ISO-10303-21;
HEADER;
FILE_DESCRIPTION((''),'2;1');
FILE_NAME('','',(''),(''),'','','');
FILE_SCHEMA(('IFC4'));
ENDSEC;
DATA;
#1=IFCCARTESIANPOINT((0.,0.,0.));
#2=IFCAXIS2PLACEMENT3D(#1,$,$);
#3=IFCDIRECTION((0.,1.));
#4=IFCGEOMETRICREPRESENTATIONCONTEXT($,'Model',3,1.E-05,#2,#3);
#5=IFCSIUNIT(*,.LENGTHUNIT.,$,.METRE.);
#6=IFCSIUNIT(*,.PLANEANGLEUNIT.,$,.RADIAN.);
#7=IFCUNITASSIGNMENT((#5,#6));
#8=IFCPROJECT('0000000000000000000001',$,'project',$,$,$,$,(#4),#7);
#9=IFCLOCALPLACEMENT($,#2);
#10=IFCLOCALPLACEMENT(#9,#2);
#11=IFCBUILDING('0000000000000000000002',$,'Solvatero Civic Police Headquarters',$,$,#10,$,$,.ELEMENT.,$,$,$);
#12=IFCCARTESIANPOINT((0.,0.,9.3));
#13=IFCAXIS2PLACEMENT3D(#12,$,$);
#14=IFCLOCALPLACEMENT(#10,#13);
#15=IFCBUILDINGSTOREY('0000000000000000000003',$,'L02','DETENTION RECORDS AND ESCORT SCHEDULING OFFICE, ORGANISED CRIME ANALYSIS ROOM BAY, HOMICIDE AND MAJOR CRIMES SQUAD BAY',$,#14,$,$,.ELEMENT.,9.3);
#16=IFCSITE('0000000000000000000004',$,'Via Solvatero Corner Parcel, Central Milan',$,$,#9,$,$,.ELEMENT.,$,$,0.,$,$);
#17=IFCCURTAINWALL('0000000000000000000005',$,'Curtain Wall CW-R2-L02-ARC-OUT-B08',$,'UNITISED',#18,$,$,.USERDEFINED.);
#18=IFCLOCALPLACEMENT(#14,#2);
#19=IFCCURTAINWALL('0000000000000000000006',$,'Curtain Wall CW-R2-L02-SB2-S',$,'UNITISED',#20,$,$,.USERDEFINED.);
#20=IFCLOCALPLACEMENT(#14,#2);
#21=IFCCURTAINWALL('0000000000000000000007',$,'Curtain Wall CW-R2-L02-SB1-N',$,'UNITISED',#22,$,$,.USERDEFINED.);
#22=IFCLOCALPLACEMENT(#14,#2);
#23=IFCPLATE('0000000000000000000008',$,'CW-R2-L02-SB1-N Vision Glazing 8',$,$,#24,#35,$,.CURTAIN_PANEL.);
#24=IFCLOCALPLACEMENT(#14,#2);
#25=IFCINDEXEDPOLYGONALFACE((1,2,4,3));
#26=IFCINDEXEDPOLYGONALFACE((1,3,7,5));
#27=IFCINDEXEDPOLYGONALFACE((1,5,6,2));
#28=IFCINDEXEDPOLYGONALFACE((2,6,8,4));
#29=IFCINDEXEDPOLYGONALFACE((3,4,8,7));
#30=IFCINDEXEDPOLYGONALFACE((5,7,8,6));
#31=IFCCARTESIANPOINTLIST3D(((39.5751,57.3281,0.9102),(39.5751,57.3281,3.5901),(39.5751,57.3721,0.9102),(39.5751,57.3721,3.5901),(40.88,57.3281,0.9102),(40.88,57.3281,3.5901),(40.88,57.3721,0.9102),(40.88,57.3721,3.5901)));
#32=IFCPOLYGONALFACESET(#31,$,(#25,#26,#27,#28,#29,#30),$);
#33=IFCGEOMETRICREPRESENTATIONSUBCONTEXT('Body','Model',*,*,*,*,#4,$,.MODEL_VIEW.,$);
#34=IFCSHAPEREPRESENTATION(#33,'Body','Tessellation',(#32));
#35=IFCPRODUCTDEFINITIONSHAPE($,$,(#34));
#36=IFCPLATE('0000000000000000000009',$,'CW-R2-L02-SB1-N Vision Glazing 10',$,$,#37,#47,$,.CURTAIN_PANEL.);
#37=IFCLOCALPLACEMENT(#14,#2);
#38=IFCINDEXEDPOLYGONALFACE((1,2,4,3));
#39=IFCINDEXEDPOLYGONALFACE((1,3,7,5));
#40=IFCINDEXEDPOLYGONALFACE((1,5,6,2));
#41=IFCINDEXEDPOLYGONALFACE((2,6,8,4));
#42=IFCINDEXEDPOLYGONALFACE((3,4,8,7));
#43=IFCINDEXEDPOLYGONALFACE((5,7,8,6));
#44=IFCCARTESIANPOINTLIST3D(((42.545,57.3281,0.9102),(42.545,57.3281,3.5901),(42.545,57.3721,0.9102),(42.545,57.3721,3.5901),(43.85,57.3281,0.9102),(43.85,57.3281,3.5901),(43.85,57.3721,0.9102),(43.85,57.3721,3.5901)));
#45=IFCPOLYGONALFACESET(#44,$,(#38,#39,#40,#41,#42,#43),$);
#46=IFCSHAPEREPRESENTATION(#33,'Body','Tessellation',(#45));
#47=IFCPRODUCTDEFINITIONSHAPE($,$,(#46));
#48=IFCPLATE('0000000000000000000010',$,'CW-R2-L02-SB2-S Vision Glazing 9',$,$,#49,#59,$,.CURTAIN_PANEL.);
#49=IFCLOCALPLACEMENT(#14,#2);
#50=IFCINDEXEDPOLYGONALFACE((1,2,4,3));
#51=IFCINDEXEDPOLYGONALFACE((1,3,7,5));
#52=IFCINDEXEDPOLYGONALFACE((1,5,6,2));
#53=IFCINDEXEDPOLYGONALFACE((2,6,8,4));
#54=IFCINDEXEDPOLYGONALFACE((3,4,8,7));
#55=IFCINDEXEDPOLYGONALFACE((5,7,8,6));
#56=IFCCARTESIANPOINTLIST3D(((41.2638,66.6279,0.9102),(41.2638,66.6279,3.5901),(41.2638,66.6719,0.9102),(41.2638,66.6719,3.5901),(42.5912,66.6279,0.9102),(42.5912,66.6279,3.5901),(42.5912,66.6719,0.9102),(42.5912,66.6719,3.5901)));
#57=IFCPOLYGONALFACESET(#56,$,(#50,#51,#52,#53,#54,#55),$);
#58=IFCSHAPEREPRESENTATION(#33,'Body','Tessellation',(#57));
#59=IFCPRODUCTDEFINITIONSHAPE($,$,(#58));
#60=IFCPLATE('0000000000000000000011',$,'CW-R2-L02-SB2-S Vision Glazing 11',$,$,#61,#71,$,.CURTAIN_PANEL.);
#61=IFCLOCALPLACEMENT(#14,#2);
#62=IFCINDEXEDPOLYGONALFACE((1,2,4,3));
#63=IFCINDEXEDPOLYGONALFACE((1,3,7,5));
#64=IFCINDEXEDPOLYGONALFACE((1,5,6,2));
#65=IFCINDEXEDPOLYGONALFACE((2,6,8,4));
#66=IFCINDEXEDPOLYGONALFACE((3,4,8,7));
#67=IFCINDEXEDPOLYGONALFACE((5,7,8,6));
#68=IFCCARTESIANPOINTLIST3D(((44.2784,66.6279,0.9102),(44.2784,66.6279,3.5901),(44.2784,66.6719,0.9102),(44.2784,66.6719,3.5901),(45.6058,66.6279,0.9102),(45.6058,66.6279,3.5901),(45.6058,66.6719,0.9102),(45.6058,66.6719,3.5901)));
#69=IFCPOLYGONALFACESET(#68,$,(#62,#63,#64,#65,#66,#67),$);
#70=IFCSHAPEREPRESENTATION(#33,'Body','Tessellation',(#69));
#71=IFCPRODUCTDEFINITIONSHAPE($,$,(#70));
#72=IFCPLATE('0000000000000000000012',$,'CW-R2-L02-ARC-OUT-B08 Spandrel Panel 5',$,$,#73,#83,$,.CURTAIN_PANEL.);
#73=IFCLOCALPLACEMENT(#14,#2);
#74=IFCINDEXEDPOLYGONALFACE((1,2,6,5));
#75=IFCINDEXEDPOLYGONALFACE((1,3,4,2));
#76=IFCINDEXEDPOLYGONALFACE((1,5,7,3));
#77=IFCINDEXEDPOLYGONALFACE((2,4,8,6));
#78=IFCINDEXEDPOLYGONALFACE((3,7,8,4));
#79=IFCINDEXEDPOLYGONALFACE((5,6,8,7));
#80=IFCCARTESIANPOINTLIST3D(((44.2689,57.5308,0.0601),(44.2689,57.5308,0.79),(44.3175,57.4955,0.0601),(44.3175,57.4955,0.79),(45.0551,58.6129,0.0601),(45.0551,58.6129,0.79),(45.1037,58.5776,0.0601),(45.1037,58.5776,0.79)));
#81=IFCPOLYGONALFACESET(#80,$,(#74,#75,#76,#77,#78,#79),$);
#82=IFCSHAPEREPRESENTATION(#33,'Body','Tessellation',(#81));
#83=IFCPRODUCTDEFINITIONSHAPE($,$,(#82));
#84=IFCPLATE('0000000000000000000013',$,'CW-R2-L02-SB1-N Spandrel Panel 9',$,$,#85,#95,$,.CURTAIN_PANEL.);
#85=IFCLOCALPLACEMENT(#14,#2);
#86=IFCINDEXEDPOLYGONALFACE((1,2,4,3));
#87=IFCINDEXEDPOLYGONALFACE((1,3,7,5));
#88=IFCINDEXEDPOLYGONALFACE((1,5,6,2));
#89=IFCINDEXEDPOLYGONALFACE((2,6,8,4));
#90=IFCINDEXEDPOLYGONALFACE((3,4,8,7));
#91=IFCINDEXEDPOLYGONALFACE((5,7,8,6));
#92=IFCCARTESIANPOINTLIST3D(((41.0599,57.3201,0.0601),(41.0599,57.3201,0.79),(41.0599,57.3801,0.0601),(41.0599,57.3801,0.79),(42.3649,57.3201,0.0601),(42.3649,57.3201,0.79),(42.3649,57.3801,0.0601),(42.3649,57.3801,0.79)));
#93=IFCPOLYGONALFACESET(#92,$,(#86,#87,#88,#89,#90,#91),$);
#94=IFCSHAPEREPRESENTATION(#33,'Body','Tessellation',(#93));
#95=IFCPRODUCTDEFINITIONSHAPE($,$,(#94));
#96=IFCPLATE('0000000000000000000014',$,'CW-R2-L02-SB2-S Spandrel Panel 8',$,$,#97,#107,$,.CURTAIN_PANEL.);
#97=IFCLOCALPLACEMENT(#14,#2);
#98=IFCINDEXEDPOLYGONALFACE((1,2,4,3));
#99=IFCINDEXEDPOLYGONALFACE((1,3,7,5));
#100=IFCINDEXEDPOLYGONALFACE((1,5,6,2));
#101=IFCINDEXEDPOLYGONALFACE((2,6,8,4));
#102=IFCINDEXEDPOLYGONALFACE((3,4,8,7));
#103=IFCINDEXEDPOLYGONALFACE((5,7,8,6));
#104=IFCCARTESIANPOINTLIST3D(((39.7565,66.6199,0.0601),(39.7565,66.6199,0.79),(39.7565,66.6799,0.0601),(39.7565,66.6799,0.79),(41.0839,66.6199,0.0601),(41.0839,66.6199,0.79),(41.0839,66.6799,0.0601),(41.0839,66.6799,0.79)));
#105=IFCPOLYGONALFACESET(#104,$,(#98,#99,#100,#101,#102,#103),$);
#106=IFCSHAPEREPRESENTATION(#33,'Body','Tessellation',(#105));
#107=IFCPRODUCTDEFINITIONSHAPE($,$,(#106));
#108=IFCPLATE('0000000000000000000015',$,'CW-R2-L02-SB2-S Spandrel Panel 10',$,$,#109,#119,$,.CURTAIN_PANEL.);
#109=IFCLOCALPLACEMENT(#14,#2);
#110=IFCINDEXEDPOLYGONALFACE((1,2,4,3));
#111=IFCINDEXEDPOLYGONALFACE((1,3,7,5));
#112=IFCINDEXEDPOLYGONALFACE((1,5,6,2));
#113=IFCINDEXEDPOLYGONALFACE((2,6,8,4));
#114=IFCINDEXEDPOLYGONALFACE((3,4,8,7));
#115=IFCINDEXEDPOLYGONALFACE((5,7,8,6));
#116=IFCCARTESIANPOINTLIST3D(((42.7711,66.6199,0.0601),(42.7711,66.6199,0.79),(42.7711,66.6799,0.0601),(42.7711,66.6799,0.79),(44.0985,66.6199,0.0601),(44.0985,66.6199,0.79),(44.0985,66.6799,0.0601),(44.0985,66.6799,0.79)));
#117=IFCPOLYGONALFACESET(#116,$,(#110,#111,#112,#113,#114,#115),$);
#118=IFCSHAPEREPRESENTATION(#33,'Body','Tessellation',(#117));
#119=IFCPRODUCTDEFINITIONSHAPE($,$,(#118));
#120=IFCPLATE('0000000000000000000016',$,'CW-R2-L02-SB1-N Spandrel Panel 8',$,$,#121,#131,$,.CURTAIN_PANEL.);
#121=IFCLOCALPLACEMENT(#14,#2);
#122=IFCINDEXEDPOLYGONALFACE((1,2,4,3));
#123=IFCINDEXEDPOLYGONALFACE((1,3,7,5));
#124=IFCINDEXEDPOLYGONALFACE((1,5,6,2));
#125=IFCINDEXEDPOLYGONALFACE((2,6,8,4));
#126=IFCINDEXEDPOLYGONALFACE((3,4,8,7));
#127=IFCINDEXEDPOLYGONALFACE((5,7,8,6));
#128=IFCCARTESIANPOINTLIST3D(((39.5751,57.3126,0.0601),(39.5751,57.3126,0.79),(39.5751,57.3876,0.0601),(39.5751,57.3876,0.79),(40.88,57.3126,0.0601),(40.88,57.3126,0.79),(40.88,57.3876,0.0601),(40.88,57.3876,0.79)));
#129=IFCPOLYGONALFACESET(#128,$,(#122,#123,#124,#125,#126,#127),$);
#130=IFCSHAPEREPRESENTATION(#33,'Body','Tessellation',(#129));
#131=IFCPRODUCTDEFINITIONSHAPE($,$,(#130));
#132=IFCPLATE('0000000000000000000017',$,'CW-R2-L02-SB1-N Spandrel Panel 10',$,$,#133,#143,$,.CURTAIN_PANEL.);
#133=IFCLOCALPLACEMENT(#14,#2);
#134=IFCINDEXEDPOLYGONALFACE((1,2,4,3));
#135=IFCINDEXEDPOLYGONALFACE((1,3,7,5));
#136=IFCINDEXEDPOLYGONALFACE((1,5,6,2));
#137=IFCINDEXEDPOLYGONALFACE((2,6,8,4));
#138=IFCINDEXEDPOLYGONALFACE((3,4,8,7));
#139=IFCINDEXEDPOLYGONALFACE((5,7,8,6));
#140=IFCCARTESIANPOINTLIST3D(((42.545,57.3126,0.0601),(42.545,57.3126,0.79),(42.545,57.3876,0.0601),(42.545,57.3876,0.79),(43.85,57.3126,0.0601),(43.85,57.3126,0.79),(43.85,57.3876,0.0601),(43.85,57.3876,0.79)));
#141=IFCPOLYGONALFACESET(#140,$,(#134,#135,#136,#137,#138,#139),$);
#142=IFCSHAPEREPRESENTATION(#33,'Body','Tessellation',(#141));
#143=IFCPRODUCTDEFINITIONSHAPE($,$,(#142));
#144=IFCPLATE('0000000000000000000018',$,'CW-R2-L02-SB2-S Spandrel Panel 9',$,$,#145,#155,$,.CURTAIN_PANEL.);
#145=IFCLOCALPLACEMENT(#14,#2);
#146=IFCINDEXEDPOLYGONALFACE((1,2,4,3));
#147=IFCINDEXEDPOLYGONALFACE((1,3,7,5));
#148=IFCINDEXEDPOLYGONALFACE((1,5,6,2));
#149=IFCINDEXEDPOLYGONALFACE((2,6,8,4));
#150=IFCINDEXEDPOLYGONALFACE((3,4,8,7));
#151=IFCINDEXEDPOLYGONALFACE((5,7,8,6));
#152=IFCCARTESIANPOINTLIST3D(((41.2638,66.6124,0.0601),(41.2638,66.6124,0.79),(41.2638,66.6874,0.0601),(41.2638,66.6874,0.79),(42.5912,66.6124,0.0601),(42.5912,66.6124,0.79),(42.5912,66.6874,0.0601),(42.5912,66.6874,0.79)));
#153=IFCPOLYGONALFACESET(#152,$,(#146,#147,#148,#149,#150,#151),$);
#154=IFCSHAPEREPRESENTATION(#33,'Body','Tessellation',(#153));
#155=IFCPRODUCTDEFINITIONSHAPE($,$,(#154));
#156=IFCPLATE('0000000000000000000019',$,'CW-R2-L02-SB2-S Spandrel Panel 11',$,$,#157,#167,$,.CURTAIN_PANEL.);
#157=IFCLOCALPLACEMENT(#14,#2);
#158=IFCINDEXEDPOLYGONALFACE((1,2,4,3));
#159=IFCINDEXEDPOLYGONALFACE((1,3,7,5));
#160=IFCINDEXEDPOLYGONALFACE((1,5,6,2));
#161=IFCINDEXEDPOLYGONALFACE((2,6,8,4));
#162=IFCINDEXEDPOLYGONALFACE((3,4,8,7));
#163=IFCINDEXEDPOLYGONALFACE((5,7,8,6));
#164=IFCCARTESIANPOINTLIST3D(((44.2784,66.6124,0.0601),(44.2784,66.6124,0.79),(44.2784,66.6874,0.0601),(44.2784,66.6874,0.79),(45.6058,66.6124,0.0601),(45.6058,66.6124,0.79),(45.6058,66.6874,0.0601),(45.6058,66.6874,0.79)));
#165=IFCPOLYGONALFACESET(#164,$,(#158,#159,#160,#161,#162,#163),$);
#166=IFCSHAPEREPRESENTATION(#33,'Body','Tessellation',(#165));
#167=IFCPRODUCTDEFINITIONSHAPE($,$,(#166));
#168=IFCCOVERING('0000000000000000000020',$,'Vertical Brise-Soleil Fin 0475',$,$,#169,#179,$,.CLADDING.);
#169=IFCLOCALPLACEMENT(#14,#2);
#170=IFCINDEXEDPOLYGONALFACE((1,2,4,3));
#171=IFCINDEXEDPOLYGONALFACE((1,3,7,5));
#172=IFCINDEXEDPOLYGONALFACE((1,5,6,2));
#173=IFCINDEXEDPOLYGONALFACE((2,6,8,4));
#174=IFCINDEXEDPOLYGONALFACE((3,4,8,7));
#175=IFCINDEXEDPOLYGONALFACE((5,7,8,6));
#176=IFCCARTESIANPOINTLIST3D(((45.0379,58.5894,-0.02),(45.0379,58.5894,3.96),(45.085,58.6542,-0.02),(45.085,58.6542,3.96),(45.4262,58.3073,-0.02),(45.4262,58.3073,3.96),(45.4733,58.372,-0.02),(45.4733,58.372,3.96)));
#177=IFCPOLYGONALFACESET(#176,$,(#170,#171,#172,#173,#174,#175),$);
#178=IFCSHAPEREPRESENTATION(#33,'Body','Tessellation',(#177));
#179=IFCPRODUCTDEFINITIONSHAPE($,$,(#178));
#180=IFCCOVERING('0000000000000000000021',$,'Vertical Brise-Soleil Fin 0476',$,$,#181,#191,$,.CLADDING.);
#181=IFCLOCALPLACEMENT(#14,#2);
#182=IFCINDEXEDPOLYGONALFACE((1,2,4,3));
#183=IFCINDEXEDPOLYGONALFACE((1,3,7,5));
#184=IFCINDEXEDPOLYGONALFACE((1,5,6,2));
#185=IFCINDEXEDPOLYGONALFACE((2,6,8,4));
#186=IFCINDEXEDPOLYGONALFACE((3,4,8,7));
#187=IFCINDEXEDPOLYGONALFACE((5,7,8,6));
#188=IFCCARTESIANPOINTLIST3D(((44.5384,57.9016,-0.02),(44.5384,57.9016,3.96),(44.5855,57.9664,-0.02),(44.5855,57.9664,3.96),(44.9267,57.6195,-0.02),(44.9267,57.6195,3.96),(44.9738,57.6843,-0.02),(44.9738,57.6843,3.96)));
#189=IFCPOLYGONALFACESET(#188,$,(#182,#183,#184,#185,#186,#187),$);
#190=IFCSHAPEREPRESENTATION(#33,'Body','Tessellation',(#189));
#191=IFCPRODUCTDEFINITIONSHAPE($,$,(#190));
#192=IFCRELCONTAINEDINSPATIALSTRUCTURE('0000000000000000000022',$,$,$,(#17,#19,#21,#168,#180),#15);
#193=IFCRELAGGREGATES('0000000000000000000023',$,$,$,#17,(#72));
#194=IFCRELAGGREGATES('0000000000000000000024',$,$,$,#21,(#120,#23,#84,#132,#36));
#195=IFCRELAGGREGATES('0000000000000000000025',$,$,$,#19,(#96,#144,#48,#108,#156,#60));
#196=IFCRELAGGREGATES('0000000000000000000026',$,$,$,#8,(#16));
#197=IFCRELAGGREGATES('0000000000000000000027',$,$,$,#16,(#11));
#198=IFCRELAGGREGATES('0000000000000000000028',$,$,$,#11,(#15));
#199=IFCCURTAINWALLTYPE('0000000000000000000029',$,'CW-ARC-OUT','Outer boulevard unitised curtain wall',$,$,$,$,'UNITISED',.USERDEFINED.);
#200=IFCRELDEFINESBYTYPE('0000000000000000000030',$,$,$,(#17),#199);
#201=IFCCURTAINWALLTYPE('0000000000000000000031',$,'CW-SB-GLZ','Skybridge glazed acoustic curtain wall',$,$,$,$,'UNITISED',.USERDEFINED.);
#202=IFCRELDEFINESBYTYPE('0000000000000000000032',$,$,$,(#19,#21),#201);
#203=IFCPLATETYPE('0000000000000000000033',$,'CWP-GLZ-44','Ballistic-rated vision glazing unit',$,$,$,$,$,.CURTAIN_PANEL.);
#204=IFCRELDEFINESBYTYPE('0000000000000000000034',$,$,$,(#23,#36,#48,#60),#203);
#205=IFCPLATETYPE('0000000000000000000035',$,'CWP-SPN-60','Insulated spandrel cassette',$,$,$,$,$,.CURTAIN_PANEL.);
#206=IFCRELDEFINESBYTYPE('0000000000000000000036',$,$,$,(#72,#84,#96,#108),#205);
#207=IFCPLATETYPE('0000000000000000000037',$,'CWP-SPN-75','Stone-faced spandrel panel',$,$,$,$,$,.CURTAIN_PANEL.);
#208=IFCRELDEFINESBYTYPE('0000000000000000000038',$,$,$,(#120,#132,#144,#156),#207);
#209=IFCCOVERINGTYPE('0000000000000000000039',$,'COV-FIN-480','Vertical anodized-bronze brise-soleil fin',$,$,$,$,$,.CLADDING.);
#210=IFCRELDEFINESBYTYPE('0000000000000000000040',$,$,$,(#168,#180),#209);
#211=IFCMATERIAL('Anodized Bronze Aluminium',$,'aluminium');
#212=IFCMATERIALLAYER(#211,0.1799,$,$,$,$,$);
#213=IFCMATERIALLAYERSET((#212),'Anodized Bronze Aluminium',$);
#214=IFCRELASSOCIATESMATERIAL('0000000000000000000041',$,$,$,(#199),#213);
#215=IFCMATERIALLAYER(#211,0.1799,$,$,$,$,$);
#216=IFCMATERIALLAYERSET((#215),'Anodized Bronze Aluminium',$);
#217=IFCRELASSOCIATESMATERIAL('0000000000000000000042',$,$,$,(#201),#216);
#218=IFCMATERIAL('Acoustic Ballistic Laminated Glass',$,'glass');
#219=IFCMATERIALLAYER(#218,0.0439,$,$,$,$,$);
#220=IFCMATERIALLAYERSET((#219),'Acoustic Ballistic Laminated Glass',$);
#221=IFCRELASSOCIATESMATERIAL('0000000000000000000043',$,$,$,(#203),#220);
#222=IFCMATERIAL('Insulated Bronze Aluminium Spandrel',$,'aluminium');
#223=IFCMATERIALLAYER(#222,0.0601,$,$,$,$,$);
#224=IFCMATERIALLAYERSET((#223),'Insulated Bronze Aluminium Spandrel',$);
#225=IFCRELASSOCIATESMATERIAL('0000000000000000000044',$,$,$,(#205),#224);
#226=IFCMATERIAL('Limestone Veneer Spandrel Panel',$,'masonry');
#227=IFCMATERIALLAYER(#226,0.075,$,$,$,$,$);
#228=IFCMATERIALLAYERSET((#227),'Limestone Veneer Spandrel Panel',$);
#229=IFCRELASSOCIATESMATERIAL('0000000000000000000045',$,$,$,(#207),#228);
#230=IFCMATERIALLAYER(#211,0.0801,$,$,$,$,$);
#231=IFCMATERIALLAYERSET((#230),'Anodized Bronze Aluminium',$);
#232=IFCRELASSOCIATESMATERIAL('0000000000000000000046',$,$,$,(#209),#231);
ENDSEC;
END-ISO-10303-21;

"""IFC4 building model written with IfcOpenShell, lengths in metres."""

from ifc_helpers import new_model, si_unit, direction, frame, origin, origin_2d, place, context, subcontext, project, spatial, rectangle, extrude, material, layer, layer_set, type_object, element, aggregate, save


model = new_model("IFC4")

# Units and contexts
model_context = context("Model", 3, precision=1e-05, world=origin(), true_north=direction((0.0, 1.0)))
body_context = subcontext(model_context, "Body", "Model", "MODEL_VIEW")
ifc_project = project(units=[si_unit("LENGTHUNIT", "METRE"), si_unit("PLANEANGLEUNIT", "RADIAN")], contexts=[model_context])

# Site, building, storey
site_placement = place(None, origin())
site = spatial("IfcSite", under=ifc_project, at=site_placement, Name="Via Solvatero Corner Parcel, Central Milan", CompositionType="ELEMENT", RefElevation=0.0)
building_placement = place(site_placement, origin())
building = spatial("IfcBuilding", under=site, at=building_placement, Name="Solvatero Civic Police Headquarters", CompositionType="ELEMENT")
storey_placement = place(building_placement, frame((0.0, 0.0, 9.3)))
storey = spatial("IfcBuildingStorey", under=building, at=storey_placement, Name="L02", Description="DETENTION RECORDS AND ESCORT SCHEDULING OFFICE, ORGANISED CRIME ANALYSIS ROOM BAY, HOMICIDE AND MAJOR CRIMES SQUAD BAY", CompositionType="ELEMENT", Elevation=9.3)

# Curtain walls
ifc_material_1 = material(Name="Anodized Bronze Aluminium", Category="aluminium")
ifc_layer_1 = layer(ifc_material_1, 0.1799)
ifc_layer_set_1 = layer_set([ifc_layer_1], Name="Anodized Bronze Aluminium")
curtain_wall_type_1 = type_object("IfcCurtainWallType", Name="CW-ARC-OUT", Description="Outer boulevard unitised curtain wall", ElementType="UNITISED", PredefinedType="USERDEFINED", material=ifc_layer_set_1)
curtain_wall_1_placement = place(storey_placement, origin())
curtain_wall_1 = element("IfcCurtainWall", 1, at=curtain_wall_1_placement, inside=storey, type_object=curtain_wall_type_1, Name="Curtain Wall CW-R2-L02-ARC-OUT-B08", ObjectType="UNITISED", PredefinedType="USERDEFINED")
ifc_layer_2 = layer(ifc_material_1, 0.1799)
ifc_layer_set_2 = layer_set([ifc_layer_2], Name="Anodized Bronze Aluminium")
curtain_wall_type_2 = type_object("IfcCurtainWallType", Name="CW-SB-GLZ", Description="Skybridge glazed acoustic curtain wall", ElementType="UNITISED", PredefinedType="USERDEFINED", material=ifc_layer_set_2)
curtain_wall_2_placement = place(storey_placement, origin())
curtain_wall_2 = element("IfcCurtainWall", 2, at=curtain_wall_2_placement, inside=storey, type_object=curtain_wall_type_2, Name="Curtain Wall CW-R2-L02-SB2-S", ObjectType="UNITISED", PredefinedType="USERDEFINED")

# Curtain wall
curtain_wall_3_placement = place(storey_placement, origin())
curtain_wall_3 = element("IfcCurtainWall", 3, at=curtain_wall_3_placement, inside=storey, type_object=curtain_wall_type_2, Name="Curtain Wall CW-R2-L02-SB1-N", ObjectType="UNITISED", PredefinedType="USERDEFINED")

# Plates
ifc_material_2 = material(Name="Acoustic Ballistic Laminated Glass", Category="glass")
ifc_layer_3 = layer(ifc_material_2, 0.0439)
ifc_layer_set_3 = layer_set([ifc_layer_3], Name="Acoustic Ballistic Laminated Glass")
plate_type_1 = type_object("IfcPlateType", Name="CWP-GLZ-44", Description="Ballistic-rated vision glazing unit", PredefinedType="CURTAIN_PANEL", material=ifc_layer_set_3)
plate_1_placement = place(storey_placement, frame((40.2275, 57.3501, 0.9102), z_axis=(0.0, 0.0, 1.0), x_axis=(1.0, 0.0, 0.0)))
plate_1 = element("IfcPlate", 4, at=plate_1_placement, type_object=plate_type_1, Name="CW-R2-L02-SB1-N Vision Glazing 8", PredefinedType="CURTAIN_PANEL", context=body_context, shape_type="SweptSolid", body=[
    extrude(rectangle(XDim=1.3049, YDim=0.0439, at=origin_2d()), origin(), (0.0, 0.0, 1.0), 2.6799),
])
plate_2_placement = place(storey_placement, frame((43.1975, 57.3501, 0.9102), z_axis=(0.0, 0.0, 1.0), x_axis=(1.0, 0.0, 0.0)))
plate_2 = element("IfcPlate", 5, at=plate_2_placement, type_object=plate_type_1, Name="CW-R2-L02-SB1-N Vision Glazing 10", PredefinedType="CURTAIN_PANEL", context=body_context, shape_type="SweptSolid", body=[
    extrude(rectangle(XDim=1.3049, YDim=0.0439, at=origin_2d()), origin(), (0.0, 0.0, 1.0), 2.6799),
])
plate_3_placement = place(storey_placement, frame((41.9275, 66.6499, 0.9102), z_axis=(0.0, 0.0, 1.0), x_axis=(1.0, 0.0, 0.0)))
plate_3 = element("IfcPlate", 6, at=plate_3_placement, type_object=plate_type_1, Name="CW-R2-L02-SB2-S Vision Glazing 9", PredefinedType="CURTAIN_PANEL", context=body_context, shape_type="SweptSolid", body=[
    extrude(rectangle(XDim=1.3274, YDim=0.0439, at=origin_2d()), origin(), (0.0, 0.0, 1.0), 2.6799),
])
plate_4_placement = place(storey_placement, frame((44.9421, 66.6499, 0.9102), z_axis=(0.0, 0.0, 1.0), x_axis=(1.0, 0.0, 0.0)))
plate_4 = element("IfcPlate", 7, at=plate_4_placement, type_object=plate_type_1, Name="CW-R2-L02-SB2-S Vision Glazing 11", PredefinedType="CURTAIN_PANEL", context=body_context, shape_type="SweptSolid", body=[
    extrude(rectangle(XDim=1.3274, YDim=0.0439, at=origin_2d()), origin(), (0.0, 0.0, 1.0), 2.6799),
])
ifc_material_3 = material(Name="Insulated Bronze Aluminium Spandrel", Category="aluminium")
ifc_layer_4 = layer(ifc_material_3, 0.0601)
ifc_layer_set_4 = layer_set([ifc_layer_4], Name="Insulated Bronze Aluminium Spandrel")
plate_type_2 = type_object("IfcPlateType", Name="CWP-SPN-60", Description="Insulated spandrel cassette", PredefinedType="CURTAIN_PANEL", material=ifc_layer_set_4)
plate_5_placement = place(storey_placement, frame((44.6863, 58.0542, 0.0601), z_axis=(0.0, 0.0, 1.0), x_axis=(-0.587771, -0.809027, 0.0)))
plate_5 = element("IfcPlate", 8, at=plate_5_placement, type_object=plate_type_2, Name="CW-R2-L02-ARC-OUT-B08 Spandrel Panel 5", PredefinedType="CURTAIN_PANEL", context=body_context, shape_type="SweptSolid", body=[
    extrude(rectangle(XDim=1.3376, YDim=0.0601, at=origin_2d()), origin(), (0.0, 0.0, 1.0), 0.73),
])
aggregate(curtain_wall_1, [plate_5])
plate_6_placement = place(storey_placement, frame((41.7124, 57.3501, 0.0601), z_axis=(0.0, 0.0, 1.0), x_axis=(1.0, 0.0, 0.0)))
plate_6 = element("IfcPlate", 9, at=plate_6_placement, type_object=plate_type_2, Name="CW-R2-L02-SB1-N Spandrel Panel 9", PredefinedType="CURTAIN_PANEL", context=body_context, shape_type="SweptSolid", body=[
    extrude(rectangle(XDim=1.3049, YDim=0.0601, at=origin_2d()), origin(), (0.0, 0.0, 1.0), 0.73),
])
plate_7_placement = place(storey_placement, frame((40.4202, 66.6499, 0.0601), z_axis=(0.0, 0.0, 1.0), x_axis=(1.0, 0.0, 0.0)))
plate_7 = element("IfcPlate", 10, at=plate_7_placement, type_object=plate_type_2, Name="CW-R2-L02-SB2-S Spandrel Panel 8", PredefinedType="CURTAIN_PANEL", context=body_context, shape_type="SweptSolid", body=[
    extrude(rectangle(XDim=1.3274, YDim=0.0601, at=origin_2d()), origin(), (0.0, 0.0, 1.0), 0.73),
])
plate_8_placement = place(storey_placement, frame((43.4348, 66.6499, 0.0601), z_axis=(0.0, 0.0, 1.0), x_axis=(1.0, 0.0, 0.0)))
plate_8 = element("IfcPlate", 11, at=plate_8_placement, type_object=plate_type_2, Name="CW-R2-L02-SB2-S Spandrel Panel 10", PredefinedType="CURTAIN_PANEL", context=body_context, shape_type="SweptSolid", body=[
    extrude(rectangle(XDim=1.3274, YDim=0.0601, at=origin_2d()), origin(), (0.0, 0.0, 1.0), 0.73),
])
ifc_material_4 = material(Name="Limestone Veneer Spandrel Panel", Category="masonry")
ifc_layer_5 = layer(ifc_material_4, 0.075)
ifc_layer_set_5 = layer_set([ifc_layer_5], Name="Limestone Veneer Spandrel Panel")
plate_type_3 = type_object("IfcPlateType", Name="CWP-SPN-75", Description="Stone-faced spandrel panel", PredefinedType="CURTAIN_PANEL", material=ifc_layer_set_5)
plate_9_placement = place(storey_placement, frame((40.2275, 57.3501, 0.0601), z_axis=(0.0, 0.0, 1.0), x_axis=(1.0, 0.0, 0.0)))
plate_9 = element("IfcPlate", 12, at=plate_9_placement, type_object=plate_type_3, Name="CW-R2-L02-SB1-N Spandrel Panel 8", PredefinedType="CURTAIN_PANEL", context=body_context, shape_type="SweptSolid", body=[
    extrude(rectangle(XDim=1.3049, YDim=0.075, at=origin_2d()), origin(), (0.0, 0.0, 1.0), 0.73),
])
plate_10_placement = place(storey_placement, frame((43.1975, 57.3501, 0.0601), z_axis=(0.0, 0.0, 1.0), x_axis=(1.0, 0.0, 0.0)))
plate_10 = element("IfcPlate", 13, at=plate_10_placement, type_object=plate_type_3, Name="CW-R2-L02-SB1-N Spandrel Panel 10", PredefinedType="CURTAIN_PANEL", context=body_context, shape_type="SweptSolid", body=[
    extrude(rectangle(XDim=1.3049, YDim=0.075, at=origin_2d()), origin(), (0.0, 0.0, 1.0), 0.73),
])
aggregate(curtain_wall_3, [plate_9, plate_1, plate_6, plate_10, plate_2])
plate_11_placement = place(storey_placement, frame((41.9275, 66.6499, 0.0601), z_axis=(0.0, 0.0, 1.0), x_axis=(1.0, 0.0, 0.0)))
plate_11 = element("IfcPlate", 14, at=plate_11_placement, type_object=plate_type_3, Name="CW-R2-L02-SB2-S Spandrel Panel 9", PredefinedType="CURTAIN_PANEL", context=body_context, shape_type="SweptSolid", body=[
    extrude(rectangle(XDim=1.3274, YDim=0.075, at=origin_2d()), origin(), (0.0, 0.0, 1.0), 0.73),
])
plate_12_placement = place(storey_placement, frame((44.9421, 66.6499, 0.0601), z_axis=(0.0, 0.0, 1.0), x_axis=(1.0, 0.0, 0.0)))
plate_12 = element("IfcPlate", 15, at=plate_12_placement, type_object=plate_type_3, Name="CW-R2-L02-SB2-S Spandrel Panel 11", PredefinedType="CURTAIN_PANEL", context=body_context, shape_type="SweptSolid", body=[
    extrude(rectangle(XDim=1.3274, YDim=0.075, at=origin_2d()), origin(), (0.0, 0.0, 1.0), 0.73),
])
aggregate(curtain_wall_2, [plate_7, plate_11, plate_3, plate_8, plate_12, plate_4])

# Coverings
ifc_layer_6 = layer(ifc_material_1, 0.0801)
ifc_layer_set_6 = layer_set([ifc_layer_6], Name="Anodized Bronze Aluminium")
covering_type = type_object("IfcCoveringType", Name="COV-FIN-480", Description="Vertical anodized-bronze brise-soleil fin", PredefinedType="CLADDING", material=ifc_layer_set_6)
for number, where, z_axis, x_axis, name in (
    (16, (45.2556, 58.4807, -0.02), (0.0, 0.0, 1.0), (-0.587771, -0.809027, 0.0), "Vertical Brise-Soleil Fin 0475"),
    (17, (44.7561, 57.793, -0.02), (0.0, 0.0, 1.0), (-0.587771, -0.809027, 0.0), "Vertical Brise-Soleil Fin 0476"),
):
    element("IfcCovering", number, at=place(storey_placement, frame(where, z_axis=z_axis, x_axis=x_axis)), inside=storey, type_object=covering_type, Name=name, PredefinedType="CLADDING", context=body_context, shape_type="SweptSolid", body=[
        extrude(rectangle(XDim=0.0801, YDim=0.48, at=origin_2d()), origin(), (0.0, 0.0, 1.0), 3.98),
    ])

save(model, "model.ifc")
